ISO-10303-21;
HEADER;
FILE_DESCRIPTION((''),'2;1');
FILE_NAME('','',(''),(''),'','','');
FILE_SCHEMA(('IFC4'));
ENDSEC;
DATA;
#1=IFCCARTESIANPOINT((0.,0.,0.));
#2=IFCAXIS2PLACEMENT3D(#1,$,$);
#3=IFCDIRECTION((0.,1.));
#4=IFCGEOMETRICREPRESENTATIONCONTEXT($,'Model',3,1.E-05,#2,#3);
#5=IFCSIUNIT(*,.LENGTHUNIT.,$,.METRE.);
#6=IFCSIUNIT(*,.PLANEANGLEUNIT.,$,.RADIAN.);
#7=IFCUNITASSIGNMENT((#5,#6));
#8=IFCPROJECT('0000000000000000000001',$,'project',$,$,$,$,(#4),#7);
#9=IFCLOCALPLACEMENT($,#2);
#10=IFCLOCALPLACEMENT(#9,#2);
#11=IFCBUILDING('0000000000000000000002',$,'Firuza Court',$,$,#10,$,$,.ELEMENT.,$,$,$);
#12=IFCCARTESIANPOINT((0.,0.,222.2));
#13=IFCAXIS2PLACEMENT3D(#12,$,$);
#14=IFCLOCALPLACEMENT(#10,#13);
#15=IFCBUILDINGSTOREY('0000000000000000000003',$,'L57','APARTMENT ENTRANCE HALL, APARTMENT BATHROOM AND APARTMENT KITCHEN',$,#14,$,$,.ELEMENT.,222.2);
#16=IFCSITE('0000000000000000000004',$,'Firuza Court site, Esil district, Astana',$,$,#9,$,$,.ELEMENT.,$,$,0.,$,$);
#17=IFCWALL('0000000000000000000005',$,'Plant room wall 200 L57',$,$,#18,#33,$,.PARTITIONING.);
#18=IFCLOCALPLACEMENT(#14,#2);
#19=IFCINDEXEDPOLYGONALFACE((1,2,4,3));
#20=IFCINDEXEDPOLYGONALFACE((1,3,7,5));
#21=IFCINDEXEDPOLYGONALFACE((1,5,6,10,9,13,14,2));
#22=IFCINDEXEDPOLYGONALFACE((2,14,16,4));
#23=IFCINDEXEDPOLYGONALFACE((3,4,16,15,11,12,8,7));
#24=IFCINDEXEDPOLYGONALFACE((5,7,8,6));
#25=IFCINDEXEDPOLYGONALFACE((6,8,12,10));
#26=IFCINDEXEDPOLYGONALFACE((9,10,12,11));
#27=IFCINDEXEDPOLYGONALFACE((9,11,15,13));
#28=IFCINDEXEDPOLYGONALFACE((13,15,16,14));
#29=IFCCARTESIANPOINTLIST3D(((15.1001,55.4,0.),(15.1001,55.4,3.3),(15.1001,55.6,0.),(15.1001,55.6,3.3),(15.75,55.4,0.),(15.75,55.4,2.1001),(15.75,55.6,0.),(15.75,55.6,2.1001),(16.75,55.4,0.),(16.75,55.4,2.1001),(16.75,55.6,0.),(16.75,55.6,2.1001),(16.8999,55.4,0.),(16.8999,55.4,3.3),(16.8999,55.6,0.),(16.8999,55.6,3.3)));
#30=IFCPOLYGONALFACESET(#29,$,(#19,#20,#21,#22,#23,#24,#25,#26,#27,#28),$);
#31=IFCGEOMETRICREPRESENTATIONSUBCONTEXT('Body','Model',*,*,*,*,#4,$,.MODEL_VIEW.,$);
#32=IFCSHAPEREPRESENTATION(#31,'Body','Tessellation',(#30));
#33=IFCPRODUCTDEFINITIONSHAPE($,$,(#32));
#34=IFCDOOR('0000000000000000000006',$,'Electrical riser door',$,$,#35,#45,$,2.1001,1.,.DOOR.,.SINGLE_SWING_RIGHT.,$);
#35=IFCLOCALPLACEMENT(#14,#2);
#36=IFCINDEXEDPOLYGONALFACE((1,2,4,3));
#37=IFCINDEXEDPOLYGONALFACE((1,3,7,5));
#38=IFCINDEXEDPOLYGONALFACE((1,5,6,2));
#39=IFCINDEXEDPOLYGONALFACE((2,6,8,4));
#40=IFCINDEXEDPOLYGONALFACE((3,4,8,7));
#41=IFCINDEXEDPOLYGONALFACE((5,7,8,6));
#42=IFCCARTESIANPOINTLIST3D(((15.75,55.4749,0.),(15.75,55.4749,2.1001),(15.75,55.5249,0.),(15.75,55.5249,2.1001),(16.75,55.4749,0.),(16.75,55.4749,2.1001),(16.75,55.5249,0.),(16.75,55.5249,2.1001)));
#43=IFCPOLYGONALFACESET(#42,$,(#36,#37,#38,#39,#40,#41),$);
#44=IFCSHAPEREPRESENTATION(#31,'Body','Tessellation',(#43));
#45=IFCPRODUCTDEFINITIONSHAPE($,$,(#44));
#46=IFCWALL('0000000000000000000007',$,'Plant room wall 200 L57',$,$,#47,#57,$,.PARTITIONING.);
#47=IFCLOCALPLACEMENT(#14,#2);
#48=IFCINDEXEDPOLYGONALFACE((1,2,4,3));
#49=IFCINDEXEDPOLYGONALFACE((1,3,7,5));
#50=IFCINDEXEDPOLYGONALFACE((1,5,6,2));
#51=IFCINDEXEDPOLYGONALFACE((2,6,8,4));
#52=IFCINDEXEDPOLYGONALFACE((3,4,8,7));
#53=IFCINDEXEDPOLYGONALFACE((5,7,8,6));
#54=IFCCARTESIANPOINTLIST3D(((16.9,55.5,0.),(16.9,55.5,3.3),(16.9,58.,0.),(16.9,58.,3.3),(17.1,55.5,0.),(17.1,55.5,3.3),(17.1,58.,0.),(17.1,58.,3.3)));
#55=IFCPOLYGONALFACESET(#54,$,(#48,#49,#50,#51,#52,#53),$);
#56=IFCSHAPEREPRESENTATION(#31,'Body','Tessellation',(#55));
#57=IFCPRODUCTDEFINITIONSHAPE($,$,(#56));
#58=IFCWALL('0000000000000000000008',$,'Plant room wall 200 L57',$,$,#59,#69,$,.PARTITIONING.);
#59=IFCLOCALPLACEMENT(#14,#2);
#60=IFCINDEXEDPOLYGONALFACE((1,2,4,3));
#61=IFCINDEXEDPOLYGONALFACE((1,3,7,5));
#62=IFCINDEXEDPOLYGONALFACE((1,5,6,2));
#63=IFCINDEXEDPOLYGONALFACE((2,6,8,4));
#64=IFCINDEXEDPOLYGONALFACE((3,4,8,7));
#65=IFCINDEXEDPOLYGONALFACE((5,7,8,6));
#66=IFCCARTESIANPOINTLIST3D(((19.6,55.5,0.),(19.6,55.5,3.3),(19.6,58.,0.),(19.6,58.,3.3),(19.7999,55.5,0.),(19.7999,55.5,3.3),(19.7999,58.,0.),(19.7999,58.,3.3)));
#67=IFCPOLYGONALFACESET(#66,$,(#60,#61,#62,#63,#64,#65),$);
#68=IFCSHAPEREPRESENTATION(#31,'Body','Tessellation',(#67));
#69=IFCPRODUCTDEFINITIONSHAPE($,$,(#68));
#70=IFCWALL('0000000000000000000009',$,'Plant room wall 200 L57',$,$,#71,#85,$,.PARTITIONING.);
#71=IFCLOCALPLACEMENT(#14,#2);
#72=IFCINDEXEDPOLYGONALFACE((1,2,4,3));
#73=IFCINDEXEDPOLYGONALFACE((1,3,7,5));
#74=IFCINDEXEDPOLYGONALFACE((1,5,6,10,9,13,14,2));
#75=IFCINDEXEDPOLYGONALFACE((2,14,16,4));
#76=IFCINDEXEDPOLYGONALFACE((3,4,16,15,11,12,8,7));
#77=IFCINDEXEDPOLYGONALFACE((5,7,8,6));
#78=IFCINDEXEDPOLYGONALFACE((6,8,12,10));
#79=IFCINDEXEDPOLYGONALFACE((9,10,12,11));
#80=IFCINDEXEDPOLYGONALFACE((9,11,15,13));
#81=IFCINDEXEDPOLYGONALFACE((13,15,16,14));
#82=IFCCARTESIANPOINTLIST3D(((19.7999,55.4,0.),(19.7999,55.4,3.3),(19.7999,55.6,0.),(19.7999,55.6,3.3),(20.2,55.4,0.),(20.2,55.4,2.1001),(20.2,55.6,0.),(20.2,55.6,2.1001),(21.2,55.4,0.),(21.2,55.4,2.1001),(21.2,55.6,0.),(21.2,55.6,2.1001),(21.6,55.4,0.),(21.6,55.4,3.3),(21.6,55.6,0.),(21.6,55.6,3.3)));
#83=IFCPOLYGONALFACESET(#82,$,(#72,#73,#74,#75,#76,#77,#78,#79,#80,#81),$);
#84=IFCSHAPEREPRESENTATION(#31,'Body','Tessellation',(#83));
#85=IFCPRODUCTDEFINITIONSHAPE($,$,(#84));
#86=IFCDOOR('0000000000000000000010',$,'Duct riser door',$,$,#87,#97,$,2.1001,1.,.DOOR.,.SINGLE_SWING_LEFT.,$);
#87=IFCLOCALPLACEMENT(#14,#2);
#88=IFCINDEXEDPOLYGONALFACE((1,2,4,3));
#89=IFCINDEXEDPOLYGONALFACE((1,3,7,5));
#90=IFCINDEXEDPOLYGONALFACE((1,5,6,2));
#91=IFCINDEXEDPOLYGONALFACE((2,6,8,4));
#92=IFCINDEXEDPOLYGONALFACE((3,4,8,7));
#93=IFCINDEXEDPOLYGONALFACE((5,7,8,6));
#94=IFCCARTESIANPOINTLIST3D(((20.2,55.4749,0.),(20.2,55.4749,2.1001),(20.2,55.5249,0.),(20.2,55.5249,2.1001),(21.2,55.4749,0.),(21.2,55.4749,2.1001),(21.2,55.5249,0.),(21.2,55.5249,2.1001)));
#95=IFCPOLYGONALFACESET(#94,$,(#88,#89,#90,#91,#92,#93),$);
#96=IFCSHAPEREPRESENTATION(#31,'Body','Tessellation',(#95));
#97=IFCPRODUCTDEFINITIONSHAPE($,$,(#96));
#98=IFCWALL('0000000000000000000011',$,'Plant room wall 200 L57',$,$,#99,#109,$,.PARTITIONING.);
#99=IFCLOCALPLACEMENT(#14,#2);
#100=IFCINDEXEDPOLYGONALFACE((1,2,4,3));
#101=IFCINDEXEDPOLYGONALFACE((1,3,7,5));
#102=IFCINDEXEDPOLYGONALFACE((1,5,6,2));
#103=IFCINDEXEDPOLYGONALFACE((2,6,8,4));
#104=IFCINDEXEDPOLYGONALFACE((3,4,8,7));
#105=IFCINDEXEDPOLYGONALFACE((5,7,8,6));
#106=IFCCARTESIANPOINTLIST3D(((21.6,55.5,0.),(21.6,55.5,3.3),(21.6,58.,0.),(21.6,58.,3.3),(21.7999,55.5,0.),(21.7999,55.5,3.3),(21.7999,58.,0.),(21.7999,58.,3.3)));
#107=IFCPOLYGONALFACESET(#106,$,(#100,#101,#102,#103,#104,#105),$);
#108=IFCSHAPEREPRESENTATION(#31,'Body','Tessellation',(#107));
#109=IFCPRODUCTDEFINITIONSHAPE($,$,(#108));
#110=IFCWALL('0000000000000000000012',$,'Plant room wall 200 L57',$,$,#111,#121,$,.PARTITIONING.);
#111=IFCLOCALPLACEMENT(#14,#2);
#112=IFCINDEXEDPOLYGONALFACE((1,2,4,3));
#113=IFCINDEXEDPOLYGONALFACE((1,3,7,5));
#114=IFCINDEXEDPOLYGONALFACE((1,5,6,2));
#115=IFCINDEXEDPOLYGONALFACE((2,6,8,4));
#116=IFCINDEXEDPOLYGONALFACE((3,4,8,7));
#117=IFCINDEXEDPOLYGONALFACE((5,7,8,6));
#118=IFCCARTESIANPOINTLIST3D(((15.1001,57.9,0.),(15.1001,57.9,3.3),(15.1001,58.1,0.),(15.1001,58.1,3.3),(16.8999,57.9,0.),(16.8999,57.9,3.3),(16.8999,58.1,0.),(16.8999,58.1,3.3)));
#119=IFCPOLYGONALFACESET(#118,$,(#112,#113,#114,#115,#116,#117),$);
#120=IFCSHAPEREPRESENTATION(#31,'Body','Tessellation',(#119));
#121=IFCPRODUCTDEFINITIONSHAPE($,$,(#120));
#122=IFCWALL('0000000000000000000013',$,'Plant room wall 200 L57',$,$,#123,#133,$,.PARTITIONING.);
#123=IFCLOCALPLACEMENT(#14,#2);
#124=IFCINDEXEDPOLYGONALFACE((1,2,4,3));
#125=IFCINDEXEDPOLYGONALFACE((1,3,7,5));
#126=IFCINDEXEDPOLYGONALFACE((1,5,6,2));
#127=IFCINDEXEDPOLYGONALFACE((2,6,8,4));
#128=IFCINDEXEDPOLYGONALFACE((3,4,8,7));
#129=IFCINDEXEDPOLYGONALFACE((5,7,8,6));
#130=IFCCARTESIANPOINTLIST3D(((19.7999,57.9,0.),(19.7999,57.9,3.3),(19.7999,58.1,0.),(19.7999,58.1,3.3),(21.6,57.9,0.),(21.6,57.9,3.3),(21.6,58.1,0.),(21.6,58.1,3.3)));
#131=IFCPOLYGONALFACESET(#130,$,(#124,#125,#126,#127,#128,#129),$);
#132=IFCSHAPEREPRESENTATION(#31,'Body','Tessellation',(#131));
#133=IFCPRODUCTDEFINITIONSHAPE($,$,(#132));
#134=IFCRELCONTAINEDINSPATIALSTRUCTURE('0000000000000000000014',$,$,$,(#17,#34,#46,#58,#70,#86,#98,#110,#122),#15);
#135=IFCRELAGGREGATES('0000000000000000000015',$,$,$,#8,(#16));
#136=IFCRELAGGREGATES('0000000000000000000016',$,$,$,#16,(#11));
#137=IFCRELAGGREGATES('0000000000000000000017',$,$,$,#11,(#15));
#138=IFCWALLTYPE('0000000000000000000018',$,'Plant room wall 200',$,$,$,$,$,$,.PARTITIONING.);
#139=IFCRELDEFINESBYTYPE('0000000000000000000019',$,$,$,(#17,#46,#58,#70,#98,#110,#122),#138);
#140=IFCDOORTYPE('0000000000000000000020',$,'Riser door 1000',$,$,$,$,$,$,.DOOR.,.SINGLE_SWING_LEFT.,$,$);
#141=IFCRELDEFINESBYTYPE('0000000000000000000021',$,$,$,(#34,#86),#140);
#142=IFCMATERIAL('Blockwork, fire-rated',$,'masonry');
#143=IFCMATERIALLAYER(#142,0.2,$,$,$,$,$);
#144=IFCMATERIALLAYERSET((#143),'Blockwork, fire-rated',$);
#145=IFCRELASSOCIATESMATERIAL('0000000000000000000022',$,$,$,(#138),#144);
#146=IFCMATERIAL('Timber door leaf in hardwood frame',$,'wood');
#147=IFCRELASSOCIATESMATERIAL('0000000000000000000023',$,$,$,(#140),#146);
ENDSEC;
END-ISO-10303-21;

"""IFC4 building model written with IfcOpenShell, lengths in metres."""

from ifc_helpers import new_model, si_unit, direction, frame, frame_2d, origin, place, context, subcontext, project, spatial, rectangle, extrude, material, layer, layer_set, type_object, element, fill, save


model = new_model("IFC4")

# Units and contexts
model_context = context("Model", 3, precision=1e-05, world=origin(), true_north=direction((0.0, 1.0)))
body_context = subcontext(model_context, "Body", "Model", "MODEL_VIEW")
ifc_project = project(units=[si_unit("LENGTHUNIT", "METRE"), si_unit("PLANEANGLEUNIT", "RADIAN")], contexts=[model_context])

# Site, building, storey
site_placement = place(None, origin())
site = spatial("IfcSite", under=ifc_project, at=site_placement, Name="Firuza Court site, Esil district, Astana", CompositionType="ELEMENT", RefElevation=0.0)
building_placement = place(site_placement, origin())
building = spatial("IfcBuilding", under=site, at=building_placement, Name="Firuza Court", CompositionType="ELEMENT")
storey_placement = place(building_placement, frame((0.0, 0.0, 222.2)))
storey = spatial("IfcBuildingStorey", under=building, at=storey_placement, Name="L57", Description="APARTMENT ENTRANCE HALL, APARTMENT BATHROOM AND APARTMENT KITCHEN", CompositionType="ELEMENT", Elevation=222.2)

# Shared definitions
ifc_material_1 = material(Name="Blockwork, fire-rated", Category="masonry")
ifc_layer_1 = layer(ifc_material_1, 0.2)
ifc_layer_set_1 = layer_set([ifc_layer_1], Name="Blockwork, fire-rated")
wall_type_1 = type_object("IfcWallType", Name="Plant room wall 200", PredefinedType="PARTITIONING", material=ifc_layer_set_1)

# Wall, opening, door
wall_1_placement = place(storey_placement, frame((15.1001, 55.5, 0.0), z_axis=(0.0, 0.0, 1.0), x_axis=(1.0, 0.0, 0.0)))
wall_1 = element("IfcWall", 1, at=wall_1_placement, inside=storey, type_object=wall_type_1, Name="Plant room wall 200 L57", PredefinedType="PARTITIONING", context=body_context, shape_type="SweptSolid", body=[
    extrude(rectangle(XDim=1.7998, YDim=0.2, at=frame_2d((0.8999, 0.0))), origin(), (0.0, 0.0, 1.0), 3.3),
])
opening_1_placement = place(wall_1_placement, frame((0.6499, 0.0, 0.0)))
opening_1 = element("IfcOpeningElement", 2, at=opening_1_placement, cuts=wall_1, PredefinedType="OPENING", context=body_context, shape_type="SweptSolid", body=[
    extrude(rectangle(XDim=1.0, YDim=2.1001, at=frame_2d((0.5, 1.05))), frame((0.0, 0.1118, 0.0), z_axis=(0.0, -1.0, 0.0), x_axis=(1.0, 0.0, 0.0)), (0.0, 0.0, 1.0), 0.2239),
])
ifc_material_2 = material(Name="Timber door leaf in hardwood frame", Category="wood")
door_type_1 = type_object("IfcDoorType", Name="Riser door 1000", OperationType="SINGLE_SWING_LEFT", PredefinedType="DOOR", material=ifc_material_2)
door_1_placement = place(opening_1_placement, origin())
door_1 = element("IfcDoor", 3, at=door_1_placement, inside=storey, type_object=door_type_1, Name="Electrical riser door", OperationType="SINGLE_SWING_RIGHT", OverallHeight=2.1001, OverallWidth=1.0, PredefinedType="DOOR", context=body_context, shape_type="SweptSolid", body=[
    extrude(rectangle(XDim=1.0, YDim=2.1001, at=frame_2d((0.5, 1.05))), frame((0.0, 0.0249, 0.0), z_axis=(0.0, -1.0, 0.0), x_axis=(1.0, 0.0, 0.0)), (0.0, 0.0, 1.0), 0.05),
])
fill(opening_1, door_1)

# Walls
for number, where, z_axis, x_axis, name in (
    (4, (17.0, 55.5, 0.0), (0.0, 0.0, 1.0), (0.0, 1.0, 0.0), "Plant room wall 200 L57"),
    (5, (19.7, 55.5, 0.0), (0.0, 0.0, 1.0), (0.0, 1.0, 0.0), "Plant room wall 200 L57"),
):
    element("IfcWall", number, at=place(storey_placement, frame(where, z_axis=z_axis, x_axis=x_axis)), inside=storey, type_object=wall_type_1, Name=name, PredefinedType="PARTITIONING", context=body_context, shape_type="SweptSolid", body=[
        extrude(rectangle(XDim=2.5, YDim=0.2, at=frame_2d((1.25, 0.0))), origin(), (0.0, 0.0, 1.0), 3.3),
    ])

# Wall, opening, door
wall_2_placement = place(storey_placement, frame((19.8, 55.5, 0.0), z_axis=(0.0, 0.0, 1.0), x_axis=(1.0, 0.0, 0.0)))
wall_2 = element("IfcWall", 6, at=wall_2_placement, inside=storey, type_object=wall_type_1, Name="Plant room wall 200 L57", PredefinedType="PARTITIONING", context=body_context, shape_type="SweptSolid", body=[
    extrude(rectangle(XDim=1.8, YDim=0.2, at=frame_2d((0.8999, 0.0))), origin(), (0.0, 0.0, 1.0), 3.3),
])
opening_2_placement = place(wall_2_placement, frame((0.3999, 0.0, 0.0)))
opening_2 = element("IfcOpeningElement", 7, at=opening_2_placement, cuts=wall_2, PredefinedType="OPENING", context=body_context, shape_type="SweptSolid", body=[
    extrude(rectangle(XDim=1.0, YDim=2.1001, at=frame_2d((0.5, 1.05))), frame((0.0, 0.1118, 0.0), z_axis=(0.0, -1.0, 0.0), x_axis=(1.0, 0.0, 0.0)), (0.0, 0.0, 1.0), 0.2239),
])
door_2_placement = place(opening_2_placement, origin())
door_2 = element("IfcDoor", 8, at=door_2_placement, inside=storey, type_object=door_type_1, Name="Duct riser door", OperationType="SINGLE_SWING_LEFT", OverallHeight=2.1001, OverallWidth=1.0, PredefinedType="DOOR", context=body_context, shape_type="SweptSolid", body=[
    extrude(rectangle(XDim=1.0, YDim=2.1001, at=frame_2d((0.5, 1.05))), frame((0.0, 0.0249, 0.0), z_axis=(0.0, -1.0, 0.0), x_axis=(1.0, 0.0, 0.0)), (0.0, 0.0, 1.0), 0.05),
])
fill(opening_2, door_2)

# Walls
wall_3_placement = place(storey_placement, frame((21.7, 55.5, 0.0), z_axis=(0.0, 0.0, 1.0), x_axis=(0.0, 1.0, 0.0)))
element("IfcWall", 9, at=wall_3_placement, inside=storey, type_object=wall_type_1, Name="Plant room wall 200 L57", PredefinedType="PARTITIONING", context=body_context, shape_type="SweptSolid", body=[
    extrude(rectangle(XDim=2.5, YDim=0.2, at=frame_2d((1.25, 0.0))), origin(), (0.0, 0.0, 1.0), 3.3),
])
wall_4_placement = place(storey_placement, frame((15.1001, 58.0, 0.0), z_axis=(0.0, 0.0, 1.0), x_axis=(1.0, 0.0, 0.0)))
element("IfcWall", 10, at=wall_4_placement, inside=storey, type_object=wall_type_1, Name="Plant room wall 200 L57", PredefinedType="PARTITIONING", context=body_context, shape_type="SweptSolid", body=[
    extrude(rectangle(XDim=1.7998, YDim=0.2, at=frame_2d((0.8999, 0.0))), origin(), (0.0, 0.0, 1.0), 3.3),
])
wall_5_placement = place(storey_placement, frame((19.8, 58.0, 0.0), z_axis=(0.0, 0.0, 1.0), x_axis=(1.0, 0.0, 0.0)))
element("IfcWall", 11, at=wall_5_placement, inside=storey, type_object=wall_type_1, Name="Plant room wall 200 L57", PredefinedType="PARTITIONING", context=body_context, shape_type="SweptSolid", body=[
    extrude(rectangle(XDim=1.8, YDim=0.2, at=frame_2d((0.8999, 0.0))), origin(), (0.0, 0.0, 1.0), 3.3),
])

save(model, "model.ifc")
